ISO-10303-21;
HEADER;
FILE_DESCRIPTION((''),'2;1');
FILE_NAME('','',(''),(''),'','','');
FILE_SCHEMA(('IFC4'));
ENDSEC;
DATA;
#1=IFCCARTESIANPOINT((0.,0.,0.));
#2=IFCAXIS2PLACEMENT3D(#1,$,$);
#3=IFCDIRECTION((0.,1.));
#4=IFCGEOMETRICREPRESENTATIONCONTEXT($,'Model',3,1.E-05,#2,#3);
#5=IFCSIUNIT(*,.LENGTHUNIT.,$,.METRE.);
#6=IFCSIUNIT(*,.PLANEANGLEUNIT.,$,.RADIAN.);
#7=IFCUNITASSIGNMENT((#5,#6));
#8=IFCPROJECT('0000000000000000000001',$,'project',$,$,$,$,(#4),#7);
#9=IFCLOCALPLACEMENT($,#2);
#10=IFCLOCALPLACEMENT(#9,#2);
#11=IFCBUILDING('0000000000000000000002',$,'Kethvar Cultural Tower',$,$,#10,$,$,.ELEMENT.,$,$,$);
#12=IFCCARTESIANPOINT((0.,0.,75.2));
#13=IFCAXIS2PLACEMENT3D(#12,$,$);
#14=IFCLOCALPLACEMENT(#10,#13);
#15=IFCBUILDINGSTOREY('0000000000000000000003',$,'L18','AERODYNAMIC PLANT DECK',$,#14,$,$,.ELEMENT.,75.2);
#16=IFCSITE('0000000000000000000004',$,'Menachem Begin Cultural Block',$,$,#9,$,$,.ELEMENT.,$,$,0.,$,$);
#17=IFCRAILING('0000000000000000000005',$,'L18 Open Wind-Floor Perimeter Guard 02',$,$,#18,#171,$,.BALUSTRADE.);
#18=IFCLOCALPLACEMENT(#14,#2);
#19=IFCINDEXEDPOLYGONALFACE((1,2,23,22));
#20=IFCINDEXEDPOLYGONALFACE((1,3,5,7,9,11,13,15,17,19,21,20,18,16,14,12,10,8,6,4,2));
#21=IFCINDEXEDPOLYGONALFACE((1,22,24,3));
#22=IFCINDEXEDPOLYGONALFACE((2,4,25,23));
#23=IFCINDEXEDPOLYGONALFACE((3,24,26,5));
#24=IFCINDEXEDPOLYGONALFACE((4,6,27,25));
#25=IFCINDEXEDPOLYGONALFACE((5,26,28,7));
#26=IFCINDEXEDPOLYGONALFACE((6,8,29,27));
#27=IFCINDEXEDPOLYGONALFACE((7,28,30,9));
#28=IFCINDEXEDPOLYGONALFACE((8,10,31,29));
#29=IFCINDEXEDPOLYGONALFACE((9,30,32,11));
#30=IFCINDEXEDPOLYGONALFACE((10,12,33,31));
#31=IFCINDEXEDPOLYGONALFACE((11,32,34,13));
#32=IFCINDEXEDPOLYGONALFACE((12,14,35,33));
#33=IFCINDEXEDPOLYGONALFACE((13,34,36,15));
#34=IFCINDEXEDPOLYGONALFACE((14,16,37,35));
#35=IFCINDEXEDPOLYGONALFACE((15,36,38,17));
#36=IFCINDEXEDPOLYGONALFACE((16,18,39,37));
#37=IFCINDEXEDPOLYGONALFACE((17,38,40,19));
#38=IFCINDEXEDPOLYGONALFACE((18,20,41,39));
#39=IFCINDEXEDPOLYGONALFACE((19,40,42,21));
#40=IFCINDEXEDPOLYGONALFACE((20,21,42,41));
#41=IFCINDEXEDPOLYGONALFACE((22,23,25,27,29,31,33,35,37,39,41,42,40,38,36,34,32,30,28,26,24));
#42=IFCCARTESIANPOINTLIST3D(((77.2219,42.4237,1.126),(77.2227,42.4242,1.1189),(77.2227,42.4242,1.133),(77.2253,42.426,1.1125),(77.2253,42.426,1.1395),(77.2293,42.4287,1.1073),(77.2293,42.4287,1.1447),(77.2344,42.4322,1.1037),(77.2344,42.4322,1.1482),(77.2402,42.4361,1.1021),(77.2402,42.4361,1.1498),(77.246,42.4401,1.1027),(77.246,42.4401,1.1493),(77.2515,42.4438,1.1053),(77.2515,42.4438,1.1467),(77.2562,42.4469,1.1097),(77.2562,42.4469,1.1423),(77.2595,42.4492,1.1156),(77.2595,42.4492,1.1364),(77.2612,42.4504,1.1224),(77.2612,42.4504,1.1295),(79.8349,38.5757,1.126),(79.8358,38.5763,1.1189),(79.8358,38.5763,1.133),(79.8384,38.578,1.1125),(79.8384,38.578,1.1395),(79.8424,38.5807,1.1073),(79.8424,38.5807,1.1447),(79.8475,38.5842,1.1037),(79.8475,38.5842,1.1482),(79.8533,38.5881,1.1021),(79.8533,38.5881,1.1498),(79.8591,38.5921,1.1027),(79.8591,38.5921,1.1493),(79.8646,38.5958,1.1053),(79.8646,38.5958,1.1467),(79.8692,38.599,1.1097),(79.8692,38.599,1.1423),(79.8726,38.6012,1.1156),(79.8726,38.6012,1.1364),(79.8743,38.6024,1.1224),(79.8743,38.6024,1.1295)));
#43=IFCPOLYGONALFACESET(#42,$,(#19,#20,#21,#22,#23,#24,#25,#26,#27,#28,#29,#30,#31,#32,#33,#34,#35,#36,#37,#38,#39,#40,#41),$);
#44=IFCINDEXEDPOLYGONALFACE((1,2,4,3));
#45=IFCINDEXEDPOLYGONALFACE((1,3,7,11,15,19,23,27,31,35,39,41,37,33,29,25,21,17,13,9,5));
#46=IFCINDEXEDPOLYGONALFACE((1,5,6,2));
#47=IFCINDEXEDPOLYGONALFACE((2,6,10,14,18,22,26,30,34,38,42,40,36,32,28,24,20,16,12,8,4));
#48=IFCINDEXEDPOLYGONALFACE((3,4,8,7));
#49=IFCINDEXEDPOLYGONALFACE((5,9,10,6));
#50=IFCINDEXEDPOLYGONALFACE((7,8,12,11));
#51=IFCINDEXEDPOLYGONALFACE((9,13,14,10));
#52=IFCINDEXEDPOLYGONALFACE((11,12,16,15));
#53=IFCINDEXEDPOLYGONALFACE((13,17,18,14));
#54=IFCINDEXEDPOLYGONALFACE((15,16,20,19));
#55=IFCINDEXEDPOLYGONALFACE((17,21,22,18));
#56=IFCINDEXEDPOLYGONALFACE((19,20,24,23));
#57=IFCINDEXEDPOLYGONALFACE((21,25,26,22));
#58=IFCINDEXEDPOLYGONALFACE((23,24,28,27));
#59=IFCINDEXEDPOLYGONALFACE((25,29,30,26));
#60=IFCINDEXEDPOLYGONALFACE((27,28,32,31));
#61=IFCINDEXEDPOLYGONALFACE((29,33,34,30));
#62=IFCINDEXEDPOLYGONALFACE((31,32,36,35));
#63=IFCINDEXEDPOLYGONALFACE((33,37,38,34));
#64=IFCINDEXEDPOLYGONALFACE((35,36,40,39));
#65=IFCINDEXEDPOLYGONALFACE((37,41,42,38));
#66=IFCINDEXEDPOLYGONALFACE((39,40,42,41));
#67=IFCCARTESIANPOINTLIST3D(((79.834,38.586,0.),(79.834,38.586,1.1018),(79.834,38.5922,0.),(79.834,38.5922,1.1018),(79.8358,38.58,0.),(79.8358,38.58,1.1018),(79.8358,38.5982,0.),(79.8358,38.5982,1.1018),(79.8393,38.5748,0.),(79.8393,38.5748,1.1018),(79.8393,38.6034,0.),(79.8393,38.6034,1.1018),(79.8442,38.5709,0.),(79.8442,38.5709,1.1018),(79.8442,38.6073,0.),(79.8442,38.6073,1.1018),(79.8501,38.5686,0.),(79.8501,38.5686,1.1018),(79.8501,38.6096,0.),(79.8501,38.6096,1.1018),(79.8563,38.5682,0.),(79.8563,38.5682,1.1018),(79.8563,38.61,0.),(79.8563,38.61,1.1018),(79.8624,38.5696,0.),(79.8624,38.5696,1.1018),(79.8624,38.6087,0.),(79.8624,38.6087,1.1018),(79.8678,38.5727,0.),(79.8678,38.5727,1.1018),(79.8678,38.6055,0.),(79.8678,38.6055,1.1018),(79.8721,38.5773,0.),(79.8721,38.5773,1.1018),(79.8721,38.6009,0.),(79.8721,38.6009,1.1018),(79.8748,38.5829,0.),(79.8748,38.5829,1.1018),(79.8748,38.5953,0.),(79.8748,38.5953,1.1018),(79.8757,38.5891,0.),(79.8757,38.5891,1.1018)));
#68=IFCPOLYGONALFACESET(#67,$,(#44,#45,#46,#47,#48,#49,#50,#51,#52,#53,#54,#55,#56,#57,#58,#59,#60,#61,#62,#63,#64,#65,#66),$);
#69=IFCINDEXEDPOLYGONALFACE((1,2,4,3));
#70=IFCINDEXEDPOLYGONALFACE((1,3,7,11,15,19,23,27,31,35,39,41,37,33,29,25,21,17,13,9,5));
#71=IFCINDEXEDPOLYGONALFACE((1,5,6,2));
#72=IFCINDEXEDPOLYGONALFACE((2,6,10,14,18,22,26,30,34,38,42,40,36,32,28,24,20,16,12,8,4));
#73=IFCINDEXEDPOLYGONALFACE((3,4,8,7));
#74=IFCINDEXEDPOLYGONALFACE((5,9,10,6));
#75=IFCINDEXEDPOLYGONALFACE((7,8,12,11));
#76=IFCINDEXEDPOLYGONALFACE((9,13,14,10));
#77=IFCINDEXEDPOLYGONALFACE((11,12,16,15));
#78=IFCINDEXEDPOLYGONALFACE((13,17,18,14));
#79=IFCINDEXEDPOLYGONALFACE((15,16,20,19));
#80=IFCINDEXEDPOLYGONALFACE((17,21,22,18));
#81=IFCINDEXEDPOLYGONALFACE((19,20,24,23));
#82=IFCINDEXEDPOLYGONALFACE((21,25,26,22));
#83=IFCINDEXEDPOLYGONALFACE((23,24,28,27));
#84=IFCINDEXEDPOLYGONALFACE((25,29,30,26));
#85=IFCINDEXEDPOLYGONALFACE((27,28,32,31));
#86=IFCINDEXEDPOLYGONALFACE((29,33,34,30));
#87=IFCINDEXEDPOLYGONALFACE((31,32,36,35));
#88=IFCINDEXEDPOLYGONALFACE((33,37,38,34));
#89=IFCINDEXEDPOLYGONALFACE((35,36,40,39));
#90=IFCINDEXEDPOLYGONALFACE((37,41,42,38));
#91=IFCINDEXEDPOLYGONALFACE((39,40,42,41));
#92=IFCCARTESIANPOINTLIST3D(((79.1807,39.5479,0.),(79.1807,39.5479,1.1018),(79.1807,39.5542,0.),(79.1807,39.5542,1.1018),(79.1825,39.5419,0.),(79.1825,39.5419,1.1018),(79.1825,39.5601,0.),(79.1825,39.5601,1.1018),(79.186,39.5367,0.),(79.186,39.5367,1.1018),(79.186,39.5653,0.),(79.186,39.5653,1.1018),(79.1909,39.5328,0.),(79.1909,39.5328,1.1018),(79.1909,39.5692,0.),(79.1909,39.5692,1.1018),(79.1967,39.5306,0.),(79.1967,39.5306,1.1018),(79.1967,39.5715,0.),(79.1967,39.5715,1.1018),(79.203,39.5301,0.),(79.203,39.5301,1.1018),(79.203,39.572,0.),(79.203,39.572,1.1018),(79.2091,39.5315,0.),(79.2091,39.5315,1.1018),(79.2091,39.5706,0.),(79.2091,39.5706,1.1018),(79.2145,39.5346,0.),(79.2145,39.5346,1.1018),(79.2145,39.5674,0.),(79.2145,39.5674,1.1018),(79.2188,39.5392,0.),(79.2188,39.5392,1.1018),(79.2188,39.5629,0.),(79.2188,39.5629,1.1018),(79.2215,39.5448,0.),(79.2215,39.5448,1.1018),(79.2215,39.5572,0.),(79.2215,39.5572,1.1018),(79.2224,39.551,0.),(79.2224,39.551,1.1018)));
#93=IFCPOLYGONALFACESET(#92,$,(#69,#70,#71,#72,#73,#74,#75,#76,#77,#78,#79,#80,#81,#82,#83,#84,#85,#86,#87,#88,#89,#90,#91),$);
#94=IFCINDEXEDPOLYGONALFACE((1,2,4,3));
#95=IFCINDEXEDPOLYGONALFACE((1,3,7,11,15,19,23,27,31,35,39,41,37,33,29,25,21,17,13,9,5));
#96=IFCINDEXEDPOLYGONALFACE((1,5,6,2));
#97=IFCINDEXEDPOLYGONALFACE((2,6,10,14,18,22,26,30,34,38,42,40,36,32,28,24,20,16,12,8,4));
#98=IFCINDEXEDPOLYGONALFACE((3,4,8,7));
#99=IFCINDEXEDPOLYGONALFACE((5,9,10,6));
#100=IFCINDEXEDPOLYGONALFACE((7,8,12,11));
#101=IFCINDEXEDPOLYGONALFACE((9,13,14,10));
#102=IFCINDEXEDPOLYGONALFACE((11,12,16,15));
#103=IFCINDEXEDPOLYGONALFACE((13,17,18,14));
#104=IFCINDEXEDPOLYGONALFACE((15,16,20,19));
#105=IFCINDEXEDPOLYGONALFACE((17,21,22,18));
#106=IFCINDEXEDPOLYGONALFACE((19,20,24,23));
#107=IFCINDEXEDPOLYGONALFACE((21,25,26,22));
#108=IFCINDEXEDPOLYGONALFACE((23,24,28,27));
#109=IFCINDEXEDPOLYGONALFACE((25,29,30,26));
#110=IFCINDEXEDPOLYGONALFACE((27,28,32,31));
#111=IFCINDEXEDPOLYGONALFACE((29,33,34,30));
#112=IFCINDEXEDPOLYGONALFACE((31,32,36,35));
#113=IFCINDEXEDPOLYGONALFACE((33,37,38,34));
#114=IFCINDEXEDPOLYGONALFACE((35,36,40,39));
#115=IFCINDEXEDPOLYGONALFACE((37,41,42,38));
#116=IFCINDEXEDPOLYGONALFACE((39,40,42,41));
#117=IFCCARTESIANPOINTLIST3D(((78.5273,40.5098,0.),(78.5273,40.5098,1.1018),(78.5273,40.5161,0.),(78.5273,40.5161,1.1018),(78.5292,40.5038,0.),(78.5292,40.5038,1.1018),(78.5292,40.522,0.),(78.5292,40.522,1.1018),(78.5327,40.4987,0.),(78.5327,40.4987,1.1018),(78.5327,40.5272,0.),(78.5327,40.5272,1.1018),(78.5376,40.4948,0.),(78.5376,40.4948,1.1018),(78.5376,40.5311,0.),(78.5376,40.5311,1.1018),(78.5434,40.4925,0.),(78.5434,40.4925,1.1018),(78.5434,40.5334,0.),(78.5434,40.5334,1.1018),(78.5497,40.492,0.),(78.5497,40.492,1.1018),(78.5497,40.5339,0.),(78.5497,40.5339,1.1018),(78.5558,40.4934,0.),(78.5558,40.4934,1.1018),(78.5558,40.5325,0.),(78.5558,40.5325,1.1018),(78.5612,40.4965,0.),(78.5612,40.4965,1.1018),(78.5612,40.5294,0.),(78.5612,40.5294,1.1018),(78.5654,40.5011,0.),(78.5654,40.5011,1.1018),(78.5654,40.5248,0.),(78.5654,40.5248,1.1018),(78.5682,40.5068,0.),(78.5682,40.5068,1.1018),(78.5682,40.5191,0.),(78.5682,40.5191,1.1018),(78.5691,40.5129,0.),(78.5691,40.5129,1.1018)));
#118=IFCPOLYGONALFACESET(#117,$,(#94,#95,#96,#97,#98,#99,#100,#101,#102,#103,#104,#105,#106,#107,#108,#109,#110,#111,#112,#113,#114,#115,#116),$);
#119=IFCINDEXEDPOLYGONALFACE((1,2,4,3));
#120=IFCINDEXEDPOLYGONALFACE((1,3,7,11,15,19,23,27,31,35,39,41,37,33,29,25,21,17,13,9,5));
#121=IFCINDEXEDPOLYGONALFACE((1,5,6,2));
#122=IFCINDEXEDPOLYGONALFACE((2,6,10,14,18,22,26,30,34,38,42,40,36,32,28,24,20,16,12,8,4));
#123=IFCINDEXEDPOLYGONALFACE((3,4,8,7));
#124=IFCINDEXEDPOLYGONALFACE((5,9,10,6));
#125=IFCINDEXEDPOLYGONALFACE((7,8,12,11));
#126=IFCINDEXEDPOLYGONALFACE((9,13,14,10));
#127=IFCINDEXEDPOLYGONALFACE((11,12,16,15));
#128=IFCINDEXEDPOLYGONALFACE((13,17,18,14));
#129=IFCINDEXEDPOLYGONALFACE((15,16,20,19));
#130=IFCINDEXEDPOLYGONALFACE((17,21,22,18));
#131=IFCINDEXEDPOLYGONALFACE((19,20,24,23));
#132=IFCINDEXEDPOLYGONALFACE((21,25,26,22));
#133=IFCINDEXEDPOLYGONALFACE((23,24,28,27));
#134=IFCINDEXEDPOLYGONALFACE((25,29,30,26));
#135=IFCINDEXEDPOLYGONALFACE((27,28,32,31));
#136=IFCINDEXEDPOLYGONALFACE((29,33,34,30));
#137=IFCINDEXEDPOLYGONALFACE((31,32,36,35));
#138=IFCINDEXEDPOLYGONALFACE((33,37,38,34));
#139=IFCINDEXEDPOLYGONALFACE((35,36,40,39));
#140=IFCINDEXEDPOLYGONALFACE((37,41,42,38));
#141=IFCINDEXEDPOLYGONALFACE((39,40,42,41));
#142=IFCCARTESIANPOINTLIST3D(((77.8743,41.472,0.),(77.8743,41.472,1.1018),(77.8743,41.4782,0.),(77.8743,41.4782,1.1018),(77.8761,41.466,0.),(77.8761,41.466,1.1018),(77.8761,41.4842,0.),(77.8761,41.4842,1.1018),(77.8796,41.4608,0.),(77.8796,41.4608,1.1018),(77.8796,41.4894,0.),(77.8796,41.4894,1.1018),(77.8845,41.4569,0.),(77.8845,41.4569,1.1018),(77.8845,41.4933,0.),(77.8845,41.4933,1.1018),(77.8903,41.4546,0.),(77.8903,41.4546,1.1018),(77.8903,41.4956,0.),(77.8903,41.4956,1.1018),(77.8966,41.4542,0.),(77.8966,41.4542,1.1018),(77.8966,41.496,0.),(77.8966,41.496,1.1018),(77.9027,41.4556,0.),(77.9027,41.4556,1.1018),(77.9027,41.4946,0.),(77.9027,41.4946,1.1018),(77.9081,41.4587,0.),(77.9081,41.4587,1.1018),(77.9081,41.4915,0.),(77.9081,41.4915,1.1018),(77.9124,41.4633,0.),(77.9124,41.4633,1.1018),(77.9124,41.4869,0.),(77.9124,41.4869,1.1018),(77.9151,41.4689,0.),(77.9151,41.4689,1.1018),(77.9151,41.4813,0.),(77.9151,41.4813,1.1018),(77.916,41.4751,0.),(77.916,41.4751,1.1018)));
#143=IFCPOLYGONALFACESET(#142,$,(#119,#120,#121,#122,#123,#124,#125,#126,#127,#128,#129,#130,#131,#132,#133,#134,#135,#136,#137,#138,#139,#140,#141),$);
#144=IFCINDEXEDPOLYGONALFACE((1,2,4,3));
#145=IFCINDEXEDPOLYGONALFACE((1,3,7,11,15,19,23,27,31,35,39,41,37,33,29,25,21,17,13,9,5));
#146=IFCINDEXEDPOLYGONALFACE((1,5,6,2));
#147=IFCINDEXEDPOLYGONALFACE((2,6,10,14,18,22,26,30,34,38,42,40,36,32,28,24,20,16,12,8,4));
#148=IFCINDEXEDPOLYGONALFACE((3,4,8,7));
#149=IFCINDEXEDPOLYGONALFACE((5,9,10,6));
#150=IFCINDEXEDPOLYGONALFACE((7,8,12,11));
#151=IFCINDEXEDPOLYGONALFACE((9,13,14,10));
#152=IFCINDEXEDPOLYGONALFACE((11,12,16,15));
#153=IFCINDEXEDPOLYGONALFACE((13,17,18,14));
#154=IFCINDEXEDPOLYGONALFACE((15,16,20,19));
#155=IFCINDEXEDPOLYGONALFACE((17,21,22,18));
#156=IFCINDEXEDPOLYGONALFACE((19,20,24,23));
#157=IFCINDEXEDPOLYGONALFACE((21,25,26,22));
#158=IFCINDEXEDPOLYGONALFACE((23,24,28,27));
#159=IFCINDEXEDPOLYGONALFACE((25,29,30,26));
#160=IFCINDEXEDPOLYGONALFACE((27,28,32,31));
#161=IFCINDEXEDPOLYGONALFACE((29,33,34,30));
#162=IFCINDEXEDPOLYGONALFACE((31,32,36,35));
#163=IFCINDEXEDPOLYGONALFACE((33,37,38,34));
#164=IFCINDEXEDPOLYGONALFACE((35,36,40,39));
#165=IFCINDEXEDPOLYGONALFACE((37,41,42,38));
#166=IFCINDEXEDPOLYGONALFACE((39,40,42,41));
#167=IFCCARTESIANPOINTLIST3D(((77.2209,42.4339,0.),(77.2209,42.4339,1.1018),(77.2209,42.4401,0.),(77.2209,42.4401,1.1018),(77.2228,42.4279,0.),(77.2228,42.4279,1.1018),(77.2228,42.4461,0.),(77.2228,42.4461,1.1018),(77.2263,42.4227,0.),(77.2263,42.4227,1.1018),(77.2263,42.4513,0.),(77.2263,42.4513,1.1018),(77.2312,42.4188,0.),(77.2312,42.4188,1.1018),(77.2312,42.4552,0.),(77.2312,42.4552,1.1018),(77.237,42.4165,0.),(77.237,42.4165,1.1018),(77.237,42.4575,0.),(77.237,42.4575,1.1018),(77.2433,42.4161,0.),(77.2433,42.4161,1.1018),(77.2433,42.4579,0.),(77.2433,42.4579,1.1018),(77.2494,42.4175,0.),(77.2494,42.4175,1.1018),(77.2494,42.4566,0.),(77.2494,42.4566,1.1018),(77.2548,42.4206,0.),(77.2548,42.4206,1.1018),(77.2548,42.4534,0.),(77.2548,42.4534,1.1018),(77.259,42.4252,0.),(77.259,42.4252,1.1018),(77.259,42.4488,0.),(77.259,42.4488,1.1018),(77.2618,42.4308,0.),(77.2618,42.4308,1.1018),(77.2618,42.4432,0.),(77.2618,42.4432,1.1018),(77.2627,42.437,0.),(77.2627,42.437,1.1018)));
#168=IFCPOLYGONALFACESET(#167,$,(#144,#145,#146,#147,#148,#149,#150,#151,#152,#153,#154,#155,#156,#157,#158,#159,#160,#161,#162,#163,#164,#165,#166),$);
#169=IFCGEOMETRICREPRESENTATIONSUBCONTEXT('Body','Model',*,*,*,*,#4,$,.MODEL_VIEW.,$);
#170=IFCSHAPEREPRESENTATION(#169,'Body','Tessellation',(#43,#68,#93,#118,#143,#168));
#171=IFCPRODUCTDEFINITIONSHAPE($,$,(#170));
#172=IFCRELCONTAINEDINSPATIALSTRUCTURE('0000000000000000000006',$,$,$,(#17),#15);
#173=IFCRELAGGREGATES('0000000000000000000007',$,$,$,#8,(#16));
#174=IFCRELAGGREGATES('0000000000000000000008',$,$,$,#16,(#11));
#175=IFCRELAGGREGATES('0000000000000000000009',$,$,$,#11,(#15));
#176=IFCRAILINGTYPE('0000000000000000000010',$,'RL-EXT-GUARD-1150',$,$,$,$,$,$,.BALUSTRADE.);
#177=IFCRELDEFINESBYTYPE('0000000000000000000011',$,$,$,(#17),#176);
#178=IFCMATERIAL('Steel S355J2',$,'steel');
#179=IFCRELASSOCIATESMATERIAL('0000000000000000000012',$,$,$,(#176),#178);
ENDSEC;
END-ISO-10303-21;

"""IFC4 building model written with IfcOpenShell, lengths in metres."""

from ifc_helpers import new_model, si_unit, direction, frame, origin, origin_2d, place, context, subcontext, project, spatial, circle, extrude, material, type_object, element, save


model = new_model("IFC4")

# Units and contexts
model_context = context("Model", 3, precision=1e-05, world=origin(), true_north=direction((0.0, 1.0)))
body_context = subcontext(model_context, "Body", "Model", "MODEL_VIEW")
ifc_project = project(units=[si_unit("LENGTHUNIT", "METRE"), si_unit("PLANEANGLEUNIT", "RADIAN")], contexts=[model_context])

# Site, building, storey
site_placement = place(None, origin())
site = spatial("IfcSite", under=ifc_project, at=site_placement, Name="Menachem Begin Cultural Block", CompositionType="ELEMENT", RefElevation=0.0)
building_placement = place(site_placement, origin())
building = spatial("IfcBuilding", under=site, at=building_placement, Name="Kethvar Cultural Tower", CompositionType="ELEMENT")
storey_placement = place(building_placement, frame((0.0, 0.0, 75.2)))
storey = spatial("IfcBuildingStorey", under=building, at=storey_placement, Name="L18", Description="AERODYNAMIC PLANT DECK", CompositionType="ELEMENT", Elevation=75.2)

# Shared definitions
ifc_material_1 = material(Name="Steel S355J2", Category="steel")

# Railing
railing_type = type_object("IfcRailingType", Name="RL-EXT-GUARD-1150", PredefinedType="BALUSTRADE", material=ifc_material_1)
railing_1_placement = place(storey_placement, frame((79.8547, 38.5891, 0.0)))
element("IfcRailing", 1, at=railing_1_placement, inside=storey, type_object=railing_type, Name="L18 Open Wind-Floor Perimeter Guard 02", PredefinedType="BALUSTRADE", context=body_context, shape_type="SweptSolid", body=[
    extrude(circle(Radius=0.0239, at=origin_2d()), frame((0.0, 0.0, 1.126), z_axis=(-0.56179, 0.82728, 0.0), x_axis=(-0.82728, -0.56179, 0.0)), (0.0, 0.0, 1.0), 4.6514),
    extrude(circle(Radius=0.021, at=origin_2d()), origin(), (0.0, 0.0, 1.0), 1.1018),
    extrude(circle(Radius=0.021, at=origin_2d()), frame((-0.6533, 0.9619, 0.0)), (0.0, 0.0, 1.0), 1.1018),
    extrude(circle(Radius=0.021, at=origin_2d()), frame((-1.3066, 1.9238, 0.0)), (0.0, 0.0, 1.0), 1.1018),
    extrude(circle(Radius=0.021, at=origin_2d()), frame((-1.9597, 2.886, 0.0)), (0.0, 0.0, 1.0), 1.1018),
    extrude(circle(Radius=0.021, at=origin_2d()), frame((-2.613, 3.8479, 0.0)), (0.0, 0.0, 1.0), 1.1018),
])

save(model, "model.ifc")
